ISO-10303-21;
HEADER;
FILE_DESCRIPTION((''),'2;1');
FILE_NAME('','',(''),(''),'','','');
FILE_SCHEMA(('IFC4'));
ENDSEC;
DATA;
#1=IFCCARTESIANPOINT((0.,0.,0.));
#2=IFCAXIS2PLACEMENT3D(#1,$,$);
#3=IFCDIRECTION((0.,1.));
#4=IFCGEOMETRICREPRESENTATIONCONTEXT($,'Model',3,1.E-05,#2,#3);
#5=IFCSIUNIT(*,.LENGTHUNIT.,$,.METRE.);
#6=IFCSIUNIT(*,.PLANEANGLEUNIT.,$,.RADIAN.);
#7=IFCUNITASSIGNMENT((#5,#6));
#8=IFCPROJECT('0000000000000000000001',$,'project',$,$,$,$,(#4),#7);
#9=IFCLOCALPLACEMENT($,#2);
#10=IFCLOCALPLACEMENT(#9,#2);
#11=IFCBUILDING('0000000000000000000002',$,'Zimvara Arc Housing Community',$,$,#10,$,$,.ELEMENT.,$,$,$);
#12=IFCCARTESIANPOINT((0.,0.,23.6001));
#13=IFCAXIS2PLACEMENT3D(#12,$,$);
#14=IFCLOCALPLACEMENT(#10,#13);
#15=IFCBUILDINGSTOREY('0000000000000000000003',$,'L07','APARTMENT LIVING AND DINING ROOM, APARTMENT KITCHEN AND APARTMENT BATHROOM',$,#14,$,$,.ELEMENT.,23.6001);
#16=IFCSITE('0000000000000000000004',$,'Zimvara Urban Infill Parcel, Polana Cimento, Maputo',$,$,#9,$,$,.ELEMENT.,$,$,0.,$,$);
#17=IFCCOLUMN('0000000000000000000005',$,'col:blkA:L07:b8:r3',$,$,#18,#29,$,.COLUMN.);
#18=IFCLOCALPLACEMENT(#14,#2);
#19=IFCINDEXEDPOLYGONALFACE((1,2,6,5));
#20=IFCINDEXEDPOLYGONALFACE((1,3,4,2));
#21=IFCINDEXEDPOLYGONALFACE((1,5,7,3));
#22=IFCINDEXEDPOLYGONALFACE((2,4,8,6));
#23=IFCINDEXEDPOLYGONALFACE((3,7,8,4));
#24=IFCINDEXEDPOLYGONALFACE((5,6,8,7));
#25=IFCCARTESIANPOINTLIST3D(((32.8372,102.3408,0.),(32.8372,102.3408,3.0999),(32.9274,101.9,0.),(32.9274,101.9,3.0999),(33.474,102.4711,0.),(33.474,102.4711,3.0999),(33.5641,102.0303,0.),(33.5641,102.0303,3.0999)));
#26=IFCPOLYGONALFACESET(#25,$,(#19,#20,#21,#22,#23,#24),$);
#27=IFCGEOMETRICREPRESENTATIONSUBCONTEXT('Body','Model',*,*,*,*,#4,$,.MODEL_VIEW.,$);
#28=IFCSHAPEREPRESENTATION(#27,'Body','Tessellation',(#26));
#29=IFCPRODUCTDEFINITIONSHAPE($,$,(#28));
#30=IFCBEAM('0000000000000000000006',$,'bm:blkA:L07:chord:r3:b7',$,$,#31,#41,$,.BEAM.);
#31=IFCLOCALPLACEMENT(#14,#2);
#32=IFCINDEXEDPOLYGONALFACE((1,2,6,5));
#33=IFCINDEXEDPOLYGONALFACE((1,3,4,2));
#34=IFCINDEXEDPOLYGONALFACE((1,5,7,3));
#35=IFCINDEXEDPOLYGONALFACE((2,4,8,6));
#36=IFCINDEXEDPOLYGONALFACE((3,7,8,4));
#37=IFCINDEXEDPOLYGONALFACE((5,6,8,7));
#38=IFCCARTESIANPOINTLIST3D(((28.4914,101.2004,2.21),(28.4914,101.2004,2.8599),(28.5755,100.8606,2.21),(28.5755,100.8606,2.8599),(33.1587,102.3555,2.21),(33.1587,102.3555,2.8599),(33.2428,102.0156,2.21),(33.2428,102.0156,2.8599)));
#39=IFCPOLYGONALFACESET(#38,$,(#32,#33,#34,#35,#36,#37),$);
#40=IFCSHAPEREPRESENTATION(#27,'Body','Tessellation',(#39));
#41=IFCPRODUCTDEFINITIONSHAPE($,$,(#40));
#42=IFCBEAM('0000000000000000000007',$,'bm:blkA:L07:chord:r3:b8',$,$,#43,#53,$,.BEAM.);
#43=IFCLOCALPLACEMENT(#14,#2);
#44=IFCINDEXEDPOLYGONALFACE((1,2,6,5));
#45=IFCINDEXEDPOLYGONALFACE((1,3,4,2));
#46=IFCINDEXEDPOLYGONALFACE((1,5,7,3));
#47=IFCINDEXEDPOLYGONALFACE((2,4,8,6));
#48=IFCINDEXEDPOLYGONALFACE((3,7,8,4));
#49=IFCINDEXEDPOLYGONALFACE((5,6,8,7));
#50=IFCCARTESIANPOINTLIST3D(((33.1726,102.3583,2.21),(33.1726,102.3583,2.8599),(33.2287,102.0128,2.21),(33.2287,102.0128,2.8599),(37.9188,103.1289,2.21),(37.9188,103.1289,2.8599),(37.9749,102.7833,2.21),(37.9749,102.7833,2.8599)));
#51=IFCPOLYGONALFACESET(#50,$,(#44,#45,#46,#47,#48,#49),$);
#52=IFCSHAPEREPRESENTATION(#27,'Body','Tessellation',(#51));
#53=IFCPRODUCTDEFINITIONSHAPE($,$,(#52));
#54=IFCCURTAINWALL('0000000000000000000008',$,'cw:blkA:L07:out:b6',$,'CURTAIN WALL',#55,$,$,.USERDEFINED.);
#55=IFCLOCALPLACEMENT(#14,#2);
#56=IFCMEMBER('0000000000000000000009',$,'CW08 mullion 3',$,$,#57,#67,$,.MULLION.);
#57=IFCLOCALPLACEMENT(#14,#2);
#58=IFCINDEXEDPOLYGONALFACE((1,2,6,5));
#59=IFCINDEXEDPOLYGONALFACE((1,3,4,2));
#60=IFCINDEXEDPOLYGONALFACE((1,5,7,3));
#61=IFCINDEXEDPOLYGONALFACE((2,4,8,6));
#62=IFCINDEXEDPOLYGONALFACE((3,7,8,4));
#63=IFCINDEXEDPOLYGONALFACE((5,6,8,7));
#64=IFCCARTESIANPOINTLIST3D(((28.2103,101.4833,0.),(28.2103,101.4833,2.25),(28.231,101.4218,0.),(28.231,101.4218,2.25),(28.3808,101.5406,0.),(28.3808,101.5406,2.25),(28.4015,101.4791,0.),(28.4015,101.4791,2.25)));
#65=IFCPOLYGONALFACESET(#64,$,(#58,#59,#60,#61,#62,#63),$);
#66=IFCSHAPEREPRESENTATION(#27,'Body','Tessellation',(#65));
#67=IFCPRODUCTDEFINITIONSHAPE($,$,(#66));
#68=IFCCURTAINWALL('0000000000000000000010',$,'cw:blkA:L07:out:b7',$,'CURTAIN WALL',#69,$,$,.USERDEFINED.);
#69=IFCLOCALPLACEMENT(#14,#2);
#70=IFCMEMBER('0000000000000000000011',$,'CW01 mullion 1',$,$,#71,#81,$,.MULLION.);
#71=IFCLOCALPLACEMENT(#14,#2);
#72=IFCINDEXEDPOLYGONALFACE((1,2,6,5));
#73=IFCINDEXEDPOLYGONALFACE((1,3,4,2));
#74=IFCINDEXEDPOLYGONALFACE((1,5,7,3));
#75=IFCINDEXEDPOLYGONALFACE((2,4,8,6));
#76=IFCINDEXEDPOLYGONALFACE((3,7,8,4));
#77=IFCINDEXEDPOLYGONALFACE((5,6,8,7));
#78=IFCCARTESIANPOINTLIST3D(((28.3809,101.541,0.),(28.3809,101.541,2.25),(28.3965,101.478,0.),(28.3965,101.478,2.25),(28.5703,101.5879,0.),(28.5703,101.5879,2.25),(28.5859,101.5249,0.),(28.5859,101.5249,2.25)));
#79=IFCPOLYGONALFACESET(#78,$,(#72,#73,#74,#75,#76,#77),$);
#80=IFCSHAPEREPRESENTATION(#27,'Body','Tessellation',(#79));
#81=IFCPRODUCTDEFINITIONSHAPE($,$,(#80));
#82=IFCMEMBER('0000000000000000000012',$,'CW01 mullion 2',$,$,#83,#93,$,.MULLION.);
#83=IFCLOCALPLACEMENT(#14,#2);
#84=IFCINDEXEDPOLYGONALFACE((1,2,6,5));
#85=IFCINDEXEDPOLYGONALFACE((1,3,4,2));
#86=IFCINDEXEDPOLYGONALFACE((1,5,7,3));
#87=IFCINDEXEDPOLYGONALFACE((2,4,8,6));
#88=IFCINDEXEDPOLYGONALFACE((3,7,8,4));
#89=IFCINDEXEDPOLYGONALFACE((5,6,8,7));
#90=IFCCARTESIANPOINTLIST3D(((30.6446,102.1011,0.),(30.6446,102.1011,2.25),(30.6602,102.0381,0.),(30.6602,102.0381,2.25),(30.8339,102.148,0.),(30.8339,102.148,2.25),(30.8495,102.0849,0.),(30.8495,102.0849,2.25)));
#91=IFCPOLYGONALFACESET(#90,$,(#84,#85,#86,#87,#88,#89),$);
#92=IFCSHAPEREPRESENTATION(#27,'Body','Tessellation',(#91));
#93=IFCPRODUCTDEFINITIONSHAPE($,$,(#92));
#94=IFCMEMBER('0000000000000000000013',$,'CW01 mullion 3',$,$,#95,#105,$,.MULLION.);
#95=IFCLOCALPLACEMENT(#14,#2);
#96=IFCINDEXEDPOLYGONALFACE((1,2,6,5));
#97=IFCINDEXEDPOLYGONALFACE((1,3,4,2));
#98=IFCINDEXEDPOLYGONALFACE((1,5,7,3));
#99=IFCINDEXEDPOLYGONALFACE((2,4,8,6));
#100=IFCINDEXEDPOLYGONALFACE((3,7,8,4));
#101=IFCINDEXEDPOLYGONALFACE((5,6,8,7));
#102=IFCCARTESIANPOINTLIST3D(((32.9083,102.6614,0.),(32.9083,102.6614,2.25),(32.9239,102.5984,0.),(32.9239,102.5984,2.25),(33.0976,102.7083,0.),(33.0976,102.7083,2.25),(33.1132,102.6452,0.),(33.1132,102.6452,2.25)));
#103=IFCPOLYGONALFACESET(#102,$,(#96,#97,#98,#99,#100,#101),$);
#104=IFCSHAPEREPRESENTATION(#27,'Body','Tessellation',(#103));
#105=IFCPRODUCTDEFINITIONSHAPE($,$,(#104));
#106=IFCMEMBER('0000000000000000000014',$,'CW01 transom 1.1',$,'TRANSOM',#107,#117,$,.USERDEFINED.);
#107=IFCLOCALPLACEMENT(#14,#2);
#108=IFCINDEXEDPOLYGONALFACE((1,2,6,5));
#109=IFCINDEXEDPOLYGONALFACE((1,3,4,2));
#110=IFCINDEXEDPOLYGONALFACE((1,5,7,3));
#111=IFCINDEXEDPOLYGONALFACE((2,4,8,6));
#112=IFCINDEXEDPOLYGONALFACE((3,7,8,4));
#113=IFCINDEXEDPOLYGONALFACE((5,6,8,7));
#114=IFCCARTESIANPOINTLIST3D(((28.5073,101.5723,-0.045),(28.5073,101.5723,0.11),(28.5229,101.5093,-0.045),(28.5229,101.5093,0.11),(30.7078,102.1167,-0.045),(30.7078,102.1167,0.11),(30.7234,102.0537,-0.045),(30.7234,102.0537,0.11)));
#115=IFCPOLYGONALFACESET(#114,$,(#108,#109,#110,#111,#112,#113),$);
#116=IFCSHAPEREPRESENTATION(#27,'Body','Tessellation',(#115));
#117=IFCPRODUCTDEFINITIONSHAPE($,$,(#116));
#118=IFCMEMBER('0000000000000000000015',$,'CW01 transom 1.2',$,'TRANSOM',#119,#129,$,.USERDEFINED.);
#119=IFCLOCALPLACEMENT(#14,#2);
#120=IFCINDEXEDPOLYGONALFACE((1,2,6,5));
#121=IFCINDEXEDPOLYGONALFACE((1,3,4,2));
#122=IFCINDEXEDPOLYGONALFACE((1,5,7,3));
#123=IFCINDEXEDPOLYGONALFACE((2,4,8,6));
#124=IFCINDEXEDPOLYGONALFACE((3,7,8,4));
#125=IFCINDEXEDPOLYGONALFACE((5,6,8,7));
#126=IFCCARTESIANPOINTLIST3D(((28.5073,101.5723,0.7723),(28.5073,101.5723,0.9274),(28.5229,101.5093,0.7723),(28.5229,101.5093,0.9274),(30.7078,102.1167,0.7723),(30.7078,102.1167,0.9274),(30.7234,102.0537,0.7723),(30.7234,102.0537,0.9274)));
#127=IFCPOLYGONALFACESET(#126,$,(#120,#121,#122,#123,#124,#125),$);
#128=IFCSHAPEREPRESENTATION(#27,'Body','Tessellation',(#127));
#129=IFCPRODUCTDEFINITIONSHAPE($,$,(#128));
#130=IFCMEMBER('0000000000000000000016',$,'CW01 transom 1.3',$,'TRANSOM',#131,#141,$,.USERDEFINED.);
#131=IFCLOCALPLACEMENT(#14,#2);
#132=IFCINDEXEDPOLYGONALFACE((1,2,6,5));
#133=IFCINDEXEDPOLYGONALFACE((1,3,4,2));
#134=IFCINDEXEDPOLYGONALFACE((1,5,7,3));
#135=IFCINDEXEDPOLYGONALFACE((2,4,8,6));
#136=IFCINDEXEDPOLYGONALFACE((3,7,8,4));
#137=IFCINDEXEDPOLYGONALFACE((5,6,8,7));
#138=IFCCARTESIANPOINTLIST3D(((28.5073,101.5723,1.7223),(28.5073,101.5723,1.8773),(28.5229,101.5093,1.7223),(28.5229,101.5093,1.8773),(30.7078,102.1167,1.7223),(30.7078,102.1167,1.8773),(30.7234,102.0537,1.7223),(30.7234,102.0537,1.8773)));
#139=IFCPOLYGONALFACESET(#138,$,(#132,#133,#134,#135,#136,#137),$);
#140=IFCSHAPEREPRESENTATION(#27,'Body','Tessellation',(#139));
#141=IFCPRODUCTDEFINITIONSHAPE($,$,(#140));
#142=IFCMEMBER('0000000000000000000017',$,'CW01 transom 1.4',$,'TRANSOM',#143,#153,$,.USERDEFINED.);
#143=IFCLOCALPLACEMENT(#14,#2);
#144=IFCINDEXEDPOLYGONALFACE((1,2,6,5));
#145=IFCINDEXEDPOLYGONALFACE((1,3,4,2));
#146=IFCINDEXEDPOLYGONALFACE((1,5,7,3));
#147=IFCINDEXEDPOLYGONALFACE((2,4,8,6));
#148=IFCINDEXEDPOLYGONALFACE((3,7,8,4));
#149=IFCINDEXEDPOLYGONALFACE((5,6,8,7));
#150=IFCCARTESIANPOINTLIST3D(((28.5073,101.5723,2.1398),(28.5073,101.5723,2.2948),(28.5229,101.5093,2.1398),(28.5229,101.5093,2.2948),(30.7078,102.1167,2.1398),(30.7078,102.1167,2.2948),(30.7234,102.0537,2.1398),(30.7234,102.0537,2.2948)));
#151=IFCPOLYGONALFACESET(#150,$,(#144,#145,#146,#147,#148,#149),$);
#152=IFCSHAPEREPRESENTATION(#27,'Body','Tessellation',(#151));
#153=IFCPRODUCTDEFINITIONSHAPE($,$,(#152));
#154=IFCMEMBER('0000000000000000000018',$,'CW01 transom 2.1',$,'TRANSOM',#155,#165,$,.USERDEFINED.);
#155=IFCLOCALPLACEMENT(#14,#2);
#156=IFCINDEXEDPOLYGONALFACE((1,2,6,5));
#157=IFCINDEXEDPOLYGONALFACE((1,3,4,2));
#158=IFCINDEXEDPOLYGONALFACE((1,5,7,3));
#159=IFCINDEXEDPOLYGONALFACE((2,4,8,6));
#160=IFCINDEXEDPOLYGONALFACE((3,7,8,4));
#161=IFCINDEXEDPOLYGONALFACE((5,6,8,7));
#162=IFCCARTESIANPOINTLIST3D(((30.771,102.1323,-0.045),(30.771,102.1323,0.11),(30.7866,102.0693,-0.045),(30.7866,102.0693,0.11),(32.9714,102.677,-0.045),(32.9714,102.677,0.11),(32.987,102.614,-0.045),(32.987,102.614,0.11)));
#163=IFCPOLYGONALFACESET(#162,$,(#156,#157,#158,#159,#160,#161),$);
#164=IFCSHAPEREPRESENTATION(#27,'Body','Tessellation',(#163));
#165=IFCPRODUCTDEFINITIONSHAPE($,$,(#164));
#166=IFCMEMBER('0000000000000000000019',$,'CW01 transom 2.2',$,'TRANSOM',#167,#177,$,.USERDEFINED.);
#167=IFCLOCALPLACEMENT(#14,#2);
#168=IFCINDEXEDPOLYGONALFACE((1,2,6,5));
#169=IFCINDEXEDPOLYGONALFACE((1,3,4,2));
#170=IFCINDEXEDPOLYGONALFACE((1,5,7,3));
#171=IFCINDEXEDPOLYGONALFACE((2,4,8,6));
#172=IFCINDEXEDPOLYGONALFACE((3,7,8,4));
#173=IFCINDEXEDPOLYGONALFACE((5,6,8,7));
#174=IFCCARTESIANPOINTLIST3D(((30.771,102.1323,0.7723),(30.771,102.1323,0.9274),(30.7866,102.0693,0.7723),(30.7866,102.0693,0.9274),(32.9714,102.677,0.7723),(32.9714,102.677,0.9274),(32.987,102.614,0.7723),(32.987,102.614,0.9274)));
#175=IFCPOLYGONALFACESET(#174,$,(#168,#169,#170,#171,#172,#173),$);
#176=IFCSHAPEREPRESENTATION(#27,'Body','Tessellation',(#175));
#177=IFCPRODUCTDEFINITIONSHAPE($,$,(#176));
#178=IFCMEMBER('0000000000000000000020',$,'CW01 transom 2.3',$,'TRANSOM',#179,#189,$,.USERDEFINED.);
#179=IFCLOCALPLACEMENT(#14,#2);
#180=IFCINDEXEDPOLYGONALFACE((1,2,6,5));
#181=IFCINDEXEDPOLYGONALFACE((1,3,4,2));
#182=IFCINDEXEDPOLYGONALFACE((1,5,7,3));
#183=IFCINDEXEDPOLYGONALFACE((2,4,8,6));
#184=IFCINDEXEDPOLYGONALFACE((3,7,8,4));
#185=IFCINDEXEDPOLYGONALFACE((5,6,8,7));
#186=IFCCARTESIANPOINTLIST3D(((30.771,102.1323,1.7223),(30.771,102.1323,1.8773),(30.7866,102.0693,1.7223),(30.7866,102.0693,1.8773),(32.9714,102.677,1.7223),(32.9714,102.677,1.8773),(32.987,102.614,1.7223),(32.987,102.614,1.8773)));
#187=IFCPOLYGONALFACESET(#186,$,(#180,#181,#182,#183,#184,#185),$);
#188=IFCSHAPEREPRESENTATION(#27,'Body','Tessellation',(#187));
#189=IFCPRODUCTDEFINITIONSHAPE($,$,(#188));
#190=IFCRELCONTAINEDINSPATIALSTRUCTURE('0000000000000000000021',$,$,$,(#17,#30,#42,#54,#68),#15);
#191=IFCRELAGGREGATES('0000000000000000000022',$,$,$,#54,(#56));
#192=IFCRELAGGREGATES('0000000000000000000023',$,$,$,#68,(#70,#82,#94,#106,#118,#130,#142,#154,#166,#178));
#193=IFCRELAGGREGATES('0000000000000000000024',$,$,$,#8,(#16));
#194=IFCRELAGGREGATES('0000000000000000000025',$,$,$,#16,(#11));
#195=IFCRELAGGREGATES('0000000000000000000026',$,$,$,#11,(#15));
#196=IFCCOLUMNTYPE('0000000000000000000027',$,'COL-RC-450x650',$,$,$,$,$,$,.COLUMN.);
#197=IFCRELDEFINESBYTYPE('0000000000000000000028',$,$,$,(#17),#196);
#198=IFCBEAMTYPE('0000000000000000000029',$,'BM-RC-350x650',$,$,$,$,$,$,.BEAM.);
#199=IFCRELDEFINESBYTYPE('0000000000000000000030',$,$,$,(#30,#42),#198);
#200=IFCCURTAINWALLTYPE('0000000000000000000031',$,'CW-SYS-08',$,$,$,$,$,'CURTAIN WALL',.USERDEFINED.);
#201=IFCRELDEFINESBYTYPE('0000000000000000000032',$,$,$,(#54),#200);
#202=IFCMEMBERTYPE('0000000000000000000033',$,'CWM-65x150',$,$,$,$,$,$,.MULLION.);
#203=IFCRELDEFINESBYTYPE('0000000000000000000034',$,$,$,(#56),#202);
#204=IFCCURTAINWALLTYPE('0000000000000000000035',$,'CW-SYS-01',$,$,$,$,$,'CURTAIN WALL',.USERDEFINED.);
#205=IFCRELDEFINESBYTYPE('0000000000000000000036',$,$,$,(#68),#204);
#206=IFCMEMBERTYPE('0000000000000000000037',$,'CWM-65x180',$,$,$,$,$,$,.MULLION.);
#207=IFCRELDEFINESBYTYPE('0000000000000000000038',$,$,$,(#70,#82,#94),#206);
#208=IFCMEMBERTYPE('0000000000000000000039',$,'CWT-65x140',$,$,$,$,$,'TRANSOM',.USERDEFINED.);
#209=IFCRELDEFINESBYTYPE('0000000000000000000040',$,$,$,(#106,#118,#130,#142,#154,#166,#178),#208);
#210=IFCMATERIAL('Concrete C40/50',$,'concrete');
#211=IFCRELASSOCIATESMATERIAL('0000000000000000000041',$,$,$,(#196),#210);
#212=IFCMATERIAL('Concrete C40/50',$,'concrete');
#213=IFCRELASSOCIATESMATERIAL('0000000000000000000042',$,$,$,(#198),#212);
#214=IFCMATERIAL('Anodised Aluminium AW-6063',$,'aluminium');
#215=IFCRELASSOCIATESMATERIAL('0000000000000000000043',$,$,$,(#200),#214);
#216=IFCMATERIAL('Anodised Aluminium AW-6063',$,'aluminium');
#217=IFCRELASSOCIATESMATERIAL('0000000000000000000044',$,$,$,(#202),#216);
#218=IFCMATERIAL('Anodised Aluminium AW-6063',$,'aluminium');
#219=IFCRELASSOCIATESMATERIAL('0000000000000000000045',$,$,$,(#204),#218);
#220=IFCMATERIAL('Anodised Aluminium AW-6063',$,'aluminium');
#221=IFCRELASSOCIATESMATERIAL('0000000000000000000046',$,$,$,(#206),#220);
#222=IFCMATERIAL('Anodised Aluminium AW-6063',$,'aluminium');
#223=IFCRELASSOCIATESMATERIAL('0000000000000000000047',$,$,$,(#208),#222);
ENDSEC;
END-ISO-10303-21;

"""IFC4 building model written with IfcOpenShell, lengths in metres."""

from ifc_helpers import new_model, si_unit, direction, frame, origin, origin_2d, place, context, subcontext, project, spatial, rectangle, extrude, material, material_profile, profile_set, type_object, element, aggregate, save


model = new_model("IFC4")

# Units and contexts
model_context = context("Model", 3, precision=1e-05, world=origin(), true_north=direction((0.0, 1.0)))
body_context = subcontext(model_context, "Body", "Model", "MODEL_VIEW")
ifc_project = project(units=[si_unit("LENGTHUNIT", "METRE"), si_unit("PLANEANGLEUNIT", "RADIAN")], contexts=[model_context])

# Site, building, storey
site_placement = place(None, origin())
site = spatial("IfcSite", under=ifc_project, at=site_placement, Name="Zimvara Urban Infill Parcel, Polana Cimento, Maputo", CompositionType="ELEMENT", RefElevation=0.0)
building_placement = place(site_placement, origin())
building = spatial("IfcBuilding", under=site, at=building_placement, Name="Zimvara Arc Housing Community", CompositionType="ELEMENT")
storey_placement = place(building_placement, frame((0.0, 0.0, 23.6001)))
storey = spatial("IfcBuildingStorey", under=building, at=storey_placement, Name="L07", Description="APARTMENT LIVING AND DINING ROOM, APARTMENT KITCHEN AND APARTMENT BATHROOM", CompositionType="ELEMENT", Elevation=23.6001)

# Column
ifc_material_1 = material(Name="Concrete C40/50", Category="concrete")
ifc_material_profile_1 = material_profile(ifc_material_1, rectangle(XDim=0.45, YDim=0.6499, at=origin_2d()), Name="RC 450x650")
ifc_profile_set_1 = profile_set([ifc_material_profile_1], Name="Concrete C40/50")
column_type = type_object("IfcColumnType", Name="COL-RC-450x650", PredefinedType="COLUMN", material=ifc_profile_set_1)
column_placement = place(storey_placement, frame((33.2007, 102.1855, 0.0), z_axis=(0.0, 0.0, 1.0), x_axis=(-0.200394, 0.979715, 0.0)))
element("IfcColumn", 1, at=column_placement, inside=storey, type_object=column_type, Name="col:blkA:L07:b8:r3", PredefinedType="COLUMN", context=body_context, shape_type="SweptSolid", body=[
    extrude(rectangle(XDim=0.45, YDim=0.6499, at=origin_2d()), origin(), (0.0, 0.0, 1.0), 3.0999),
])

# Beams
ifc_material_2 = material(Name="Concrete C40/50", Category="concrete")
ifc_material_profile_2 = material_profile(ifc_material_2, rectangle(XDim=0.3501, YDim=0.6499, at=origin_2d()), Name="RC 350x650")
ifc_profile_set_2 = profile_set([ifc_material_profile_2], Name="Concrete C40/50")
beam_type = type_object("IfcBeamType", Name="BM-RC-350x650", PredefinedType="BEAM", material=ifc_profile_set_2)
beam_1_placement = place(storey_placement, frame((28.5334, 101.0305, 2.5349), z_axis=(0.970716, 0.240229, 0.0), x_axis=(-0.240229, 0.970716, 0.0)))
element("IfcBeam", 2, at=beam_1_placement, inside=storey, type_object=beam_type, Name="bm:blkA:L07:chord:r3:b7", PredefinedType="BEAM", context=body_context, shape_type="SweptSolid", body=[
    extrude(rectangle(XDim=0.3501, YDim=0.6499, at=origin_2d()), origin(), (0.0, 0.0, 1.0), 4.8081),
])
beam_2_placement = place(storey_placement, frame((33.2007, 102.1855, 2.5349), z_axis=(0.987077, 0.160248, 0.0), x_axis=(-0.160248, 0.987077, 0.0)))
element("IfcBeam", 3, at=beam_2_placement, inside=storey, type_object=beam_type, Name="bm:blkA:L07:chord:r3:b8", PredefinedType="BEAM", context=body_context, shape_type="SweptSolid", body=[
    extrude(rectangle(XDim=0.3501, YDim=0.6499, at=origin_2d()), origin(), (0.0, 0.0, 1.0), 4.8083),
])

# Curtain wall, member
ifc_material_3 = material(Name="Anodised Aluminium AW-6063", Category="aluminium")
curtain_wall_type_1 = type_object("IfcCurtainWallType", Name="CW-SYS-08", ElementType="CURTAIN WALL", PredefinedType="USERDEFINED", material=ifc_material_3)
curtain_wall_1_placement = place(storey_placement, origin())
curtain_wall_1 = element("IfcCurtainWall", 4, at=curtain_wall_1_placement, inside=storey, type_object=curtain_wall_type_1, Name="cw:blkA:L07:out:b6", ObjectType="CURTAIN WALL", PredefinedType="USERDEFINED")
ifc_material_4 = material(Name="Anodised Aluminium AW-6063", Category="aluminium")
ifc_material_profile_3 = material_profile(ifc_material_4, rectangle(XDim=0.0649, YDim=0.1799, at=origin_2d()), Name="ALU 65x180")
ifc_profile_set_3 = profile_set([ifc_material_profile_3], Name="Anodised Aluminium AW-6063")
member_type_1 = type_object("IfcMemberType", Name="CWM-65x150", PredefinedType="MULLION", material=ifc_profile_set_3)
member_1_placement = place(storey_placement, frame((28.3059, 101.4812, 0.0), z_axis=(0.0, 0.0, 1.0), x_axis=(-0.318629, 0.94788, 0.0)))
member_1 = element("IfcMember", 5, at=member_1_placement, type_object=member_type_1, Name="CW08 mullion 3", PredefinedType="MULLION", context=body_context, shape_type="SweptSolid", body=[
    extrude(rectangle(XDim=0.0649, YDim=0.1799, at=origin_2d()), origin(), (0.0, 0.0, 1.0), 2.25),
])

# Curtain wall, members
ifc_material_5 = material(Name="Anodised Aluminium AW-6063", Category="aluminium")
curtain_wall_type_2 = type_object("IfcCurtainWallType", Name="CW-SYS-01", ElementType="CURTAIN WALL", PredefinedType="USERDEFINED", material=ifc_material_5)
curtain_wall_2_placement = place(storey_placement, origin())
curtain_wall_2 = element("IfcCurtainWall", 6, at=curtain_wall_2_placement, inside=storey, type_object=curtain_wall_type_2, Name="cw:blkA:L07:out:b7", ObjectType="CURTAIN WALL", PredefinedType="USERDEFINED")
ifc_material_6 = material(Name="Anodised Aluminium AW-6063", Category="aluminium")
ifc_material_profile_4 = material_profile(ifc_material_6, rectangle(XDim=0.0649, YDim=0.1951, at=origin_2d()), Name="ALU 65x195")
ifc_profile_set_4 = profile_set([ifc_material_profile_4], Name="Anodised Aluminium AW-6063")
member_type_2 = type_object("IfcMemberType", Name="CWM-65x180", PredefinedType="MULLION", material=ifc_profile_set_4)
member_2_placement = place(storey_placement, frame((28.4834, 101.533, 0.0), z_axis=(0.0, 0.0, 1.0), x_axis=(-0.24023, 0.970716, 0.0)))
member_2 = element("IfcMember", 7, at=member_2_placement, type_object=member_type_2, Name="CW01 mullion 1", PredefinedType="MULLION", context=body_context, shape_type="SweptSolid", body=[
    extrude(rectangle(XDim=0.0649, YDim=0.1951, at=origin_2d()), origin(), (0.0, 0.0, 1.0), 2.25),
])
member_3_placement = place(storey_placement, frame((30.7471, 102.093, 0.0), z_axis=(0.0, 0.0, 1.0), x_axis=(-0.24023, 0.970716, 0.0)))
member_3 = element("IfcMember", 8, at=member_3_placement, type_object=member_type_2, Name="CW01 mullion 2", PredefinedType="MULLION", context=body_context, shape_type="SweptSolid", body=[
    extrude(rectangle(XDim=0.0649, YDim=0.1951, at=origin_2d()), origin(), (0.0, 0.0, 1.0), 2.25),
])
member_4_placement = place(storey_placement, frame((33.0107, 102.6533, 0.0), z_axis=(0.0, 0.0, 1.0), x_axis=(-0.24023, 0.970716, 0.0)))
member_4 = element("IfcMember", 9, at=member_4_placement, type_object=member_type_2, Name="CW01 mullion 3", PredefinedType="MULLION", context=body_context, shape_type="SweptSolid", body=[
    extrude(rectangle(XDim=0.0649, YDim=0.1951, at=origin_2d()), origin(), (0.0, 0.0, 1.0), 2.25),
])
ifc_material_7 = material(Name="Anodised Aluminium AW-6063", Category="aluminium")
ifc_material_profile_5 = material_profile(ifc_material_7, rectangle(XDim=0.0649, YDim=0.155, at=origin_2d()), Name="ALU 65x155")
ifc_profile_set_5 = profile_set([ifc_material_profile_5], Name="Anodised Aluminium AW-6063")
member_type_3 = type_object("IfcMemberType", Name="CWT-65x140", ElementType="TRANSOM", PredefinedType="USERDEFINED", material=ifc_profile_set_5)
member_5_placement = place(storey_placement, frame((28.5151, 101.5408, 0.0325), z_axis=(0.970729, 0.240178, 0.0), x_axis=(-0.240178, 0.970729, 0.0)))
member_5 = element("IfcMember", 10, at=member_5_placement, type_object=member_type_3, Name="CW01 transom 1.1", ObjectType="TRANSOM", PredefinedType="USERDEFINED", context=body_context, shape_type="SweptSolid", body=[
    extrude(rectangle(XDim=0.0649, YDim=0.155, at=origin_2d()), origin(), (0.0, 0.0, 1.0), 2.2668),
])
member_6_placement = place(storey_placement, frame((28.5151, 101.5408, 0.8499), z_axis=(0.970729, 0.240178, 0.0), x_axis=(-0.240178, 0.970729, 0.0)))
member_6 = element("IfcMember", 11, at=member_6_placement, type_object=member_type_3, Name="CW01 transom 1.2", ObjectType="TRANSOM", PredefinedType="USERDEFINED", context=body_context, shape_type="SweptSolid", body=[
    extrude(rectangle(XDim=0.0649, YDim=0.155, at=origin_2d()), origin(), (0.0, 0.0, 1.0), 2.2668),
])
member_7_placement = place(storey_placement, frame((28.5151, 101.5408, 1.7998), z_axis=(0.970729, 0.240178, 0.0), x_axis=(-0.240178, 0.970729, 0.0)))
member_7 = element("IfcMember", 12, at=member_7_placement, type_object=member_type_3, Name="CW01 transom 1.3", ObjectType="TRANSOM", PredefinedType="USERDEFINED", context=body_context, shape_type="SweptSolid", body=[
    extrude(rectangle(XDim=0.0649, YDim=0.155, at=origin_2d()), origin(), (0.0, 0.0, 1.0), 2.2668),
])
member_8_placement = place(storey_placement, frame((28.5151, 101.5408, 2.2173), z_axis=(0.970729, 0.240178, 0.0), x_axis=(-0.240178, 0.970729, 0.0)))
member_8 = element("IfcMember", 13, at=member_8_placement, type_object=member_type_3, Name="CW01 transom 1.4", ObjectType="TRANSOM", PredefinedType="USERDEFINED", context=body_context, shape_type="SweptSolid", body=[
    extrude(rectangle(XDim=0.0649, YDim=0.155, at=origin_2d()), origin(), (0.0, 0.0, 1.0), 2.2668),
])
member_9_placement = place(storey_placement, frame((30.7788, 102.1008, 0.0325), z_axis=(0.970704, 0.24028, 0.0), x_axis=(-0.24028, 0.970704, 0.0)))
member_9 = element("IfcMember", 14, at=member_9_placement, type_object=member_type_3, Name="CW01 transom 2.1", ObjectType="TRANSOM", PredefinedType="USERDEFINED", context=body_context, shape_type="SweptSolid", body=[
    extrude(rectangle(XDim=0.0649, YDim=0.155, at=origin_2d()), origin(), (0.0, 0.0, 1.0), 2.2668),
])
member_10_placement = place(storey_placement, frame((30.7788, 102.1008, 0.8499), z_axis=(0.970704, 0.24028, 0.0), x_axis=(-0.24028, 0.970704, 0.0)))
member_10 = element("IfcMember", 15, at=member_10_placement, type_object=member_type_3, Name="CW01 transom 2.2", ObjectType="TRANSOM", PredefinedType="USERDEFINED", context=body_context, shape_type="SweptSolid", body=[
    extrude(rectangle(XDim=0.0649, YDim=0.155, at=origin_2d()), origin(), (0.0, 0.0, 1.0), 2.2668),
])
member_11_placement = place(storey_placement, frame((30.7788, 102.1008, 1.7998), z_axis=(0.970704, 0.24028, 0.0), x_axis=(-0.24028, 0.970704, 0.0)))
member_11 = element("IfcMember", 16, at=member_11_placement, type_object=member_type_3, Name="CW01 transom 2.3", ObjectType="TRANSOM", PredefinedType="USERDEFINED", context=body_context, shape_type="SweptSolid", body=[
    extrude(rectangle(XDim=0.0649, YDim=0.155, at=origin_2d()), origin(), (0.0, 0.0, 1.0), 2.2668),
])

aggregate(curtain_wall_1, [member_1])
aggregate(curtain_wall_2, [member_2, member_3, member_4, member_5, member_6, member_7, member_8, member_9, member_10, member_11])

save(model, "model.ifc")
